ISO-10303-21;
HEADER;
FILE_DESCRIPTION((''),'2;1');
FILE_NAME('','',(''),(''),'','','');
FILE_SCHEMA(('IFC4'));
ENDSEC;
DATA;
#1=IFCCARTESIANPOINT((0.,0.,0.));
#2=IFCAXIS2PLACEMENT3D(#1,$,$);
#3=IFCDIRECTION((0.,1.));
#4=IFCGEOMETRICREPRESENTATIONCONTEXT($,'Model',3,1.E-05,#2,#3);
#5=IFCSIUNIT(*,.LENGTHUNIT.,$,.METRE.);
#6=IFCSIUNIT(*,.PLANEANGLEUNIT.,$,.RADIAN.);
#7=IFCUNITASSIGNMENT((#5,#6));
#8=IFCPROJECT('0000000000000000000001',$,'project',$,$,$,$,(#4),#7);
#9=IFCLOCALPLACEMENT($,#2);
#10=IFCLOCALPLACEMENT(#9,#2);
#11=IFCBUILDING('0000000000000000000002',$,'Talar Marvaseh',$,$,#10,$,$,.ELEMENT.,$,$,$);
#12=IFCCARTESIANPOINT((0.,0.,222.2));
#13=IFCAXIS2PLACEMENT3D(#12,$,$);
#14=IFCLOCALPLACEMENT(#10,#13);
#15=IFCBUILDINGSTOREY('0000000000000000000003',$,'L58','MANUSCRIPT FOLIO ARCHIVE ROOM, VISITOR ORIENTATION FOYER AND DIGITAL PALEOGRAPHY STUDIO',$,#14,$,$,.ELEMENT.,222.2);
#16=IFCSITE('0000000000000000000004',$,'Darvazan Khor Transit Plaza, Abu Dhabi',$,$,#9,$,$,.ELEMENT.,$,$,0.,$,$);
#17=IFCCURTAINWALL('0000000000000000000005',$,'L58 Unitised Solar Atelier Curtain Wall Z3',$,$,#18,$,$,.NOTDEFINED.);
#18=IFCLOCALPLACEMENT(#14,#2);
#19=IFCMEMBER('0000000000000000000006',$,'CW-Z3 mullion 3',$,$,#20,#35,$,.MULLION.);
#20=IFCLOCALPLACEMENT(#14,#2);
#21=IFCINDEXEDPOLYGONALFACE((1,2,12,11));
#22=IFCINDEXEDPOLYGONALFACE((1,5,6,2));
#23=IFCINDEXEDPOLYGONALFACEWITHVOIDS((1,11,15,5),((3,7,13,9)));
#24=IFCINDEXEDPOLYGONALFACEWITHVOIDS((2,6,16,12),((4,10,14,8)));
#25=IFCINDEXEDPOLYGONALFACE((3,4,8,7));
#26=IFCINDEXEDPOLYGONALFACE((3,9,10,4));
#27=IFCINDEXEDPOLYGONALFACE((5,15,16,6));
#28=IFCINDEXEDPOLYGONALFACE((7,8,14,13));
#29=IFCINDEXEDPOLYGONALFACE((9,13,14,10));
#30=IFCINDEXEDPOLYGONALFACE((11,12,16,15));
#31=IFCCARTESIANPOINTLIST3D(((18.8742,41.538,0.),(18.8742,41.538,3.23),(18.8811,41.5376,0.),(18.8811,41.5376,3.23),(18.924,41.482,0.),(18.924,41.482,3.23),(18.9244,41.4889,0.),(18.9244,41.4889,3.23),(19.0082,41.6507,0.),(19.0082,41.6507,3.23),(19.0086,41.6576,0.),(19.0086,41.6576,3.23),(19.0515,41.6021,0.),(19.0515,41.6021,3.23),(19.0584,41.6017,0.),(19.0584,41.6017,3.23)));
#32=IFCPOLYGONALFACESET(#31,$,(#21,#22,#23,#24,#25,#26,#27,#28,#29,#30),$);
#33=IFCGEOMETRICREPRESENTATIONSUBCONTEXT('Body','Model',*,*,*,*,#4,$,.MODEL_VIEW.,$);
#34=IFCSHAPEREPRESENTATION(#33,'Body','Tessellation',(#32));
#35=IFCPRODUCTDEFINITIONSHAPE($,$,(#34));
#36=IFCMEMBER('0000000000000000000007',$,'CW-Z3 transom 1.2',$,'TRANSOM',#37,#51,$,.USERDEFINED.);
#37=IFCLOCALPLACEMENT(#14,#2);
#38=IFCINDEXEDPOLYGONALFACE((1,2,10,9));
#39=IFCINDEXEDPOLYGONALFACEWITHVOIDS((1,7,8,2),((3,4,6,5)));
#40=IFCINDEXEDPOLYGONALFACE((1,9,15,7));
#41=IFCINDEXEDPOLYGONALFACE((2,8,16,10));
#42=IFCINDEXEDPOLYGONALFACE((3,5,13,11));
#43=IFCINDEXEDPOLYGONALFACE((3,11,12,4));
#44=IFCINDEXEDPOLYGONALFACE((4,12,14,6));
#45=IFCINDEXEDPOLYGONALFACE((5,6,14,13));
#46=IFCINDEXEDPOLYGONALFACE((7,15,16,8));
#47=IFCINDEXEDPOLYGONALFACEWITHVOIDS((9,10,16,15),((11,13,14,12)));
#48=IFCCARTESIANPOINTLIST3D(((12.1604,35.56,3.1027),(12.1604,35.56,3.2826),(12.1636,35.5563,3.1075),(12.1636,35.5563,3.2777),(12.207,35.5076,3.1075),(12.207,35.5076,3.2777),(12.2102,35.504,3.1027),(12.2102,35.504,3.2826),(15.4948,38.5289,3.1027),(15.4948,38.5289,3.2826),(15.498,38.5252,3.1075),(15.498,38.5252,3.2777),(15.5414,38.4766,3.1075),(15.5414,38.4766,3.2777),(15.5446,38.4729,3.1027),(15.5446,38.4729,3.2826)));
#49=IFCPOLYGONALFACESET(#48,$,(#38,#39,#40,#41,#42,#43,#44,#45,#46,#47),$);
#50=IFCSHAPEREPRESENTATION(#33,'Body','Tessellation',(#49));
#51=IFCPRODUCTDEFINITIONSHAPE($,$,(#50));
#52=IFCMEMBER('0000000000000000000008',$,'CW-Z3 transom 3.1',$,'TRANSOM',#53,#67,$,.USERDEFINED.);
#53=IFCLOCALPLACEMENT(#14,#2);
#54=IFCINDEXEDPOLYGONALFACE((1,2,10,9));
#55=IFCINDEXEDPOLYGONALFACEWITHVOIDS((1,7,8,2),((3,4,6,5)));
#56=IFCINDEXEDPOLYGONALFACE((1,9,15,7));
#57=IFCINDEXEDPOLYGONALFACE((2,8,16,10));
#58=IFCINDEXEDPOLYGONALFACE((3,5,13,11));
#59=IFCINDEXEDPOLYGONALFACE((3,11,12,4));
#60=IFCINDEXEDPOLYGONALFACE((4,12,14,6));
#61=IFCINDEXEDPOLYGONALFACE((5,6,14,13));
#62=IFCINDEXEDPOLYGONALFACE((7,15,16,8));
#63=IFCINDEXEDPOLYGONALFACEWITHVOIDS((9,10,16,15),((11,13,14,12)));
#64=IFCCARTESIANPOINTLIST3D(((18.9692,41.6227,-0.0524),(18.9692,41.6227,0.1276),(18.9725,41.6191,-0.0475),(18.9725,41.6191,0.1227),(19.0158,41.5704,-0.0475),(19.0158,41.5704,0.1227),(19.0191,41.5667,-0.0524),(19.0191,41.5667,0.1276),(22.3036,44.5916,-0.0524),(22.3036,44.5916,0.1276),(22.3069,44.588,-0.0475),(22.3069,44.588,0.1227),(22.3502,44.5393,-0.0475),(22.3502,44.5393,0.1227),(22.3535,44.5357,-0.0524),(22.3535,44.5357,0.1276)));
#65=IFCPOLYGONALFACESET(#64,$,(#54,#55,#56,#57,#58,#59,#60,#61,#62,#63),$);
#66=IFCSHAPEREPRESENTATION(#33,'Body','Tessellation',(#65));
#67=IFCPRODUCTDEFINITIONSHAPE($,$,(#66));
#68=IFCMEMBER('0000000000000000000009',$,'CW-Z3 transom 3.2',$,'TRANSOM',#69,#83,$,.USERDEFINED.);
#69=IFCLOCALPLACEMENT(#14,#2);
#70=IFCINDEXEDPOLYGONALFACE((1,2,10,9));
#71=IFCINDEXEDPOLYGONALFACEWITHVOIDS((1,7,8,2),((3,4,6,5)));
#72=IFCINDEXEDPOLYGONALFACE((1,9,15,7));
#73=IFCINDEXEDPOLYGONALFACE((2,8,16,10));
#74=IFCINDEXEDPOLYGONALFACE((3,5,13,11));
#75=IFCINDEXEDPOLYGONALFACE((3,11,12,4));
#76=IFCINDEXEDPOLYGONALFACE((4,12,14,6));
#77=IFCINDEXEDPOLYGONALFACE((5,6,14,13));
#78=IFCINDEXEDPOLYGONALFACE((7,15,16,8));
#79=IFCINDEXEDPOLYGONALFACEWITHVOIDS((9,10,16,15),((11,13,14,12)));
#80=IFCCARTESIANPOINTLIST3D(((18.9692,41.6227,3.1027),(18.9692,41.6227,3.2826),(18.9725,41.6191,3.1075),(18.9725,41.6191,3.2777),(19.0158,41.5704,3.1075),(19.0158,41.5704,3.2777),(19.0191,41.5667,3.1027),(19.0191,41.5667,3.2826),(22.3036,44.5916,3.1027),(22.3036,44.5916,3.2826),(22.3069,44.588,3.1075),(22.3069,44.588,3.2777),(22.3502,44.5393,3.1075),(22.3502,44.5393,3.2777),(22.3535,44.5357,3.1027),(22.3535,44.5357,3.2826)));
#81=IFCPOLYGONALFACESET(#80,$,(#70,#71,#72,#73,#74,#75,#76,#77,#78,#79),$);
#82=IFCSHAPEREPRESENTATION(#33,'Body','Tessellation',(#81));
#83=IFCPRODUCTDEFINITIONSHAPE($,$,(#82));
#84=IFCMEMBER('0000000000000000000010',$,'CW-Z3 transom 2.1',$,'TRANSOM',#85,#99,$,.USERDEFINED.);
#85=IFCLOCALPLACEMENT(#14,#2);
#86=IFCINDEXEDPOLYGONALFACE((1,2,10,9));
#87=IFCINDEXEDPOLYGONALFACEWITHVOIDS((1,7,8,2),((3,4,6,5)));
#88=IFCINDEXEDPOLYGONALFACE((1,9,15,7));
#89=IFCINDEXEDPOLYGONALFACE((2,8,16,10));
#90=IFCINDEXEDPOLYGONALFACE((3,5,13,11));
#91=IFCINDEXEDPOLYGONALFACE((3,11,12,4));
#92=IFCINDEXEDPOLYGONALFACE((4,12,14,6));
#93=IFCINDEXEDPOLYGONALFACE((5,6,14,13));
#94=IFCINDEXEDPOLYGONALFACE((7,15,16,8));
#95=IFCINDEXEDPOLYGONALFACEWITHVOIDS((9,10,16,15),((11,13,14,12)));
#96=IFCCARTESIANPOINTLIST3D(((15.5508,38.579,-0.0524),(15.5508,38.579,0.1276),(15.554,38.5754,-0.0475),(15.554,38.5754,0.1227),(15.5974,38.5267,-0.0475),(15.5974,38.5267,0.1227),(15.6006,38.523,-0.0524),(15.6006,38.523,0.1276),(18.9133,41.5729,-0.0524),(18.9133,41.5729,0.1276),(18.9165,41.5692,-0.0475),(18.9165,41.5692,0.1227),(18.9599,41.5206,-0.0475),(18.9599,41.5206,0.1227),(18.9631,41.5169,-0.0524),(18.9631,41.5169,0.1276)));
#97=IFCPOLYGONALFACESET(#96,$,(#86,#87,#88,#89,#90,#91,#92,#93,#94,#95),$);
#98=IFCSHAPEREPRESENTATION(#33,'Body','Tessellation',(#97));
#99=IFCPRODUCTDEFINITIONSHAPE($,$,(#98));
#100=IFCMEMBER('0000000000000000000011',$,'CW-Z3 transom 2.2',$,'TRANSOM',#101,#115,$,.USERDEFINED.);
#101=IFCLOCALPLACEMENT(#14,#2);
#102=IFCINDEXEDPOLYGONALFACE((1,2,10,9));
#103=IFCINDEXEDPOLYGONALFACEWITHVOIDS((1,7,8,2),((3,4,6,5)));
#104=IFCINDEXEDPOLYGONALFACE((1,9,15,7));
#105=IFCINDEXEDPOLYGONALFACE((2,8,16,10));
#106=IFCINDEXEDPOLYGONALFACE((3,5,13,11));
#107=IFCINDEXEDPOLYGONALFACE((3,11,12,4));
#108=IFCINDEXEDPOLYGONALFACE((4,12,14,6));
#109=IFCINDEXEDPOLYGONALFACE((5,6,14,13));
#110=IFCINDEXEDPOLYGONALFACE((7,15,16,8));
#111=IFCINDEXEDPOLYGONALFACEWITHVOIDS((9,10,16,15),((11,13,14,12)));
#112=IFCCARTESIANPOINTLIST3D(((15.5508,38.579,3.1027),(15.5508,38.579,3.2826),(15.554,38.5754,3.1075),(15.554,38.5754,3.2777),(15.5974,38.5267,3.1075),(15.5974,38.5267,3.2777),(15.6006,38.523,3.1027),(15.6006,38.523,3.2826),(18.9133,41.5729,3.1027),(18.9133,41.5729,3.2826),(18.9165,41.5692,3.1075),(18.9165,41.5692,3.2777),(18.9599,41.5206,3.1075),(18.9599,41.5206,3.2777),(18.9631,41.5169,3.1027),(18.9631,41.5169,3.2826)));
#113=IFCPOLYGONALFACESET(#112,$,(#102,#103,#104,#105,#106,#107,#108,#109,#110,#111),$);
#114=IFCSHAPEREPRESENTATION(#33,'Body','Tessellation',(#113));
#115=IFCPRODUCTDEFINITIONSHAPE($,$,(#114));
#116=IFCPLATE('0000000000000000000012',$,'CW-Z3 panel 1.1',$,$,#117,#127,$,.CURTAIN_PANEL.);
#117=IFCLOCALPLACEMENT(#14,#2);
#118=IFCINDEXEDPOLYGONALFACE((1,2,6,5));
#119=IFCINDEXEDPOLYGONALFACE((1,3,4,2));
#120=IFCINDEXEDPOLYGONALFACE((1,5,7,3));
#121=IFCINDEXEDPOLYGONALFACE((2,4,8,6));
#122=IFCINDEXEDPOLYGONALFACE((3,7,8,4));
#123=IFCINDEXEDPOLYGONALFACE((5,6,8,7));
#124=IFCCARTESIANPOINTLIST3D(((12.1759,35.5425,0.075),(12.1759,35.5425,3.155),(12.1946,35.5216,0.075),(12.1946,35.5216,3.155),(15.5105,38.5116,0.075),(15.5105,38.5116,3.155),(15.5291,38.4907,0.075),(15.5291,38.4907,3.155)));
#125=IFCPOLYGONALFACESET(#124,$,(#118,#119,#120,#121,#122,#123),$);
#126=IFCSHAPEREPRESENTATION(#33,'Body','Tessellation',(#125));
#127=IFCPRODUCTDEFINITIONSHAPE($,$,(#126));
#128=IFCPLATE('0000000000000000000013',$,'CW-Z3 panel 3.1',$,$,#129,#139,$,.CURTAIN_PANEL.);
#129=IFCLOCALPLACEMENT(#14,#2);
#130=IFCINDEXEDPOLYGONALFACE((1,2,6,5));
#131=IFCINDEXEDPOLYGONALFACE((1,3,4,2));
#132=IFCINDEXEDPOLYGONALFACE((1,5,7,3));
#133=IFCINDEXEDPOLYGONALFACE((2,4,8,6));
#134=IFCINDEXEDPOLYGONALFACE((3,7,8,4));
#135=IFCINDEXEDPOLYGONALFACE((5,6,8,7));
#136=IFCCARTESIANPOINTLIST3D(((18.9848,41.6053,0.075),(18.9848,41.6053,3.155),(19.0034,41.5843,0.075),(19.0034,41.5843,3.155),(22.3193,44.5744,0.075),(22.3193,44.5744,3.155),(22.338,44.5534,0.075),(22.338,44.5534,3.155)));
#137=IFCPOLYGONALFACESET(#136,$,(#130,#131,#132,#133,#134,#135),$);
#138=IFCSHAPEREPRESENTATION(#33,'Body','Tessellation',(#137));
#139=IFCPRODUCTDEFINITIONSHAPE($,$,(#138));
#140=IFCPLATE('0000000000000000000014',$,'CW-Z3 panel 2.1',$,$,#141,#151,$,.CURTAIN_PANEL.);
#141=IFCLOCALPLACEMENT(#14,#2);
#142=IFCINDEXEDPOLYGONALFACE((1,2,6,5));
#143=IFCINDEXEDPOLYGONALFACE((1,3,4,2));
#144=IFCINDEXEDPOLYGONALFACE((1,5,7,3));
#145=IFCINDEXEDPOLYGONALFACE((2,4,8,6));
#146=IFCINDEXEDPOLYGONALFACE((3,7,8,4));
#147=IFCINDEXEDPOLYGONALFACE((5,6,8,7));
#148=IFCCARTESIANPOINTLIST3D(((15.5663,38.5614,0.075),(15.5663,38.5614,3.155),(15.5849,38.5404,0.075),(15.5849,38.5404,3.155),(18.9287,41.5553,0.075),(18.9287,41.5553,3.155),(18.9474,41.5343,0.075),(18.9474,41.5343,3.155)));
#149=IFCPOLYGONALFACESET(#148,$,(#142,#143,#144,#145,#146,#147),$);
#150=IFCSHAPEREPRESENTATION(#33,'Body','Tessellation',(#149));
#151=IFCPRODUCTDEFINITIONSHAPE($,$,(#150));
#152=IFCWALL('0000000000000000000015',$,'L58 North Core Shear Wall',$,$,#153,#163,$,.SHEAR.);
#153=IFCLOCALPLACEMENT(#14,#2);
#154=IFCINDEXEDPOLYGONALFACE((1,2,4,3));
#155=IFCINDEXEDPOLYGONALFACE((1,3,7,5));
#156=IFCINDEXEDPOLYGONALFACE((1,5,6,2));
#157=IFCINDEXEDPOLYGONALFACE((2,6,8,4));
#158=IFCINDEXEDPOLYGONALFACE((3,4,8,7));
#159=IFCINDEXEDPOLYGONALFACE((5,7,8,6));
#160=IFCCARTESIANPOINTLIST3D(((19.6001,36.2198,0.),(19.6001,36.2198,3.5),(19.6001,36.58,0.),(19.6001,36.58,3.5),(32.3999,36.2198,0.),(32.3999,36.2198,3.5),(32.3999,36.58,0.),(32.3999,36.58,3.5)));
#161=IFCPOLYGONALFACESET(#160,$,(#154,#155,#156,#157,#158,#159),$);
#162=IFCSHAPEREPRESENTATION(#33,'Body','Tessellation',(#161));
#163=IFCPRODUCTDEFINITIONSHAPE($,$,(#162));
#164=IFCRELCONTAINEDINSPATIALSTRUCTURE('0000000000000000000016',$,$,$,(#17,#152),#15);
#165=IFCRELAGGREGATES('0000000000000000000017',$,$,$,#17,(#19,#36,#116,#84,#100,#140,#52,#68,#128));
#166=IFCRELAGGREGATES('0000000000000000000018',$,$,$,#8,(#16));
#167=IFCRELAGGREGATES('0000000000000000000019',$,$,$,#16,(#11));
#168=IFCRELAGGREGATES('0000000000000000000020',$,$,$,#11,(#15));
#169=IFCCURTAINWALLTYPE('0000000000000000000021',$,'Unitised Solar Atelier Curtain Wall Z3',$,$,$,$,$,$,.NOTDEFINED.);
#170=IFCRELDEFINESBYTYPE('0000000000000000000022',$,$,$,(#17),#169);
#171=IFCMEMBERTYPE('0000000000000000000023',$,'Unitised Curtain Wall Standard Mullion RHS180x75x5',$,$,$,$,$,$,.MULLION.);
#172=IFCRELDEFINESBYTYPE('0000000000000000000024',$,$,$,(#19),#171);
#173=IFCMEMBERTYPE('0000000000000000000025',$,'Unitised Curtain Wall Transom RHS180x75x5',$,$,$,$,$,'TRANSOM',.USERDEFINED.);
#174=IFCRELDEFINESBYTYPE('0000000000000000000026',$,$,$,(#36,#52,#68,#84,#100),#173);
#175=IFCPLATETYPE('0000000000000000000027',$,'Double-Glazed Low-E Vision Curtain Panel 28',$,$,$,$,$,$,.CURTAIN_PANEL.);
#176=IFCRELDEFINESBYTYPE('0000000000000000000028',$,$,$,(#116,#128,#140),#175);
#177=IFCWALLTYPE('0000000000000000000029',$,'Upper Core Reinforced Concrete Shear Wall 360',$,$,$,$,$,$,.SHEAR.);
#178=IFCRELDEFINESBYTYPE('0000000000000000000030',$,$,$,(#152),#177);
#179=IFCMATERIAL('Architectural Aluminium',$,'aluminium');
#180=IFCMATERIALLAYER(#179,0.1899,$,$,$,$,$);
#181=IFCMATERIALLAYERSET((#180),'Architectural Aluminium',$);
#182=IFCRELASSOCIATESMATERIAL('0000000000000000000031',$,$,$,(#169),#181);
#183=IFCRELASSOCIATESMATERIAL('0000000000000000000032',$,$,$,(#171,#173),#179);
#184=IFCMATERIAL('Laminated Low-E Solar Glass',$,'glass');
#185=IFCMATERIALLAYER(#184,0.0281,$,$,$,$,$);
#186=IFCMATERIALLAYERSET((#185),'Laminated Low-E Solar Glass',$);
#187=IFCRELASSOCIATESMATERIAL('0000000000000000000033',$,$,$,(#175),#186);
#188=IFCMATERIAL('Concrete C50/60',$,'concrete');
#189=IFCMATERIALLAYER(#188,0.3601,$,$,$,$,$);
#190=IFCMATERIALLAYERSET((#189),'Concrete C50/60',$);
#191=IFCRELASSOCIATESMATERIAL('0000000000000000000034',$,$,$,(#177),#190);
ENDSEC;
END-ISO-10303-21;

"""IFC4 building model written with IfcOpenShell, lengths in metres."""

from ifc_helpers import new_model, si_unit, direction, frame, frame_2d, origin, origin_2d, place, context, subcontext, project, spatial, rectangle, hollow_rectangle, extrude, source, transform, mapped, material, layer, layer_set, material_profile, profile_set, type_object, type_shapes, element, aggregate, save


model = new_model("IFC4")

# Units and contexts
model_context = context("Model", 3, precision=1e-05, world=origin(), true_north=direction((0.0, 1.0)))
body_context = subcontext(model_context, "Body", "Model", "MODEL_VIEW")
ifc_project = project(units=[si_unit("LENGTHUNIT", "METRE"), si_unit("PLANEANGLEUNIT", "RADIAN")], contexts=[model_context])

# Site, building, storey
site_placement = place(None, origin())
site = spatial("IfcSite", under=ifc_project, at=site_placement, Name="Darvazan Khor Transit Plaza, Abu Dhabi", CompositionType="ELEMENT", RefElevation=0.0)
building_placement = place(site_placement, origin())
building = spatial("IfcBuilding", under=site, at=building_placement, Name="Talar Marvaseh", CompositionType="ELEMENT")
storey_placement = place(building_placement, frame((0.0, 0.0, 222.2)))
storey = spatial("IfcBuildingStorey", under=building, at=storey_placement, Name="L58", Description="MANUSCRIPT FOLIO ARCHIVE ROOM, VISITOR ORIENTATION FOYER AND DIGITAL PALEOGRAPHY STUDIO", CompositionType="ELEMENT", Elevation=222.2)

# Curtain wall, members, plates
ifc_material_1 = material(Name="Architectural Aluminium", Category="aluminium")
ifc_layer_1 = layer(ifc_material_1, 0.1899)
ifc_layer_set_1 = layer_set([ifc_layer_1], Name="Architectural Aluminium")
curtain_wall_type = type_object("IfcCurtainWallType", Name="Unitised Solar Atelier Curtain Wall Z3", PredefinedType="NOTDEFINED", material=ifc_layer_set_1)
curtain_wall_placement = place(storey_placement, origin())
curtain_wall = element("IfcCurtainWall", 1, at=curtain_wall_placement, inside=storey, type_object=curtain_wall_type, Name="L58 Unitised Solar Atelier Curtain Wall Z3", PredefinedType="NOTDEFINED")
ifc_material_profile_1 = material_profile(ifc_material_1, hollow_rectangle(XDim=0.075, YDim=0.1799, WallThickness=0.0049, at=origin_2d()), Name="RHS180x75x5")
ifc_profile_set_1 = profile_set([ifc_material_profile_1], Name="Architectural Aluminium")
member_type_1 = type_object("IfcMemberType", Name="Unitised Curtain Wall Standard Mullion RHS180x75x5", PredefinedType="MULLION", material=ifc_profile_set_1)
shared_shape_1 = source(origin(), body_context, "Body", "SweptSolid", [
    extrude(hollow_rectangle(XDim=0.075, YDim=0.1799, WallThickness=0.0049, at=origin_2d()), origin(), (0.0, 0.0, 1.0), 3.23),
])
type_shapes(member_type_1, [shared_shape_1])
member_1_placement = place(storey_placement, frame((18.9663, 41.5698, 0.0), z_axis=(0.0, 0.0, 1.0), x_axis=(-0.664998, 0.746845, 0.0)))
member_1 = element("IfcMember", 2, at=member_1_placement, type_object=member_type_1, Name="CW-Z3 mullion 3", PredefinedType="MULLION", context=body_context, shape_type="MappedRepresentation", body=[
    mapped(shared_shape_1, transform((0.0, 0.0, 0.0), x_axis=(1.0, 0.0, 0.0), y_axis=(0.0, 1.0, 0.0), z_axis=(0.0, 0.0, 1.0), scale=1.0)),
])
ifc_material_profile_2 = material_profile(ifc_material_1, hollow_rectangle(XDim=0.075, YDim=0.1799, WallThickness=0.0049, at=origin_2d()), Name="RHS180x75x5")
ifc_profile_set_2 = profile_set([ifc_material_profile_2], Name="Architectural Aluminium")
member_type_2 = type_object("IfcMemberType", Name="Unitised Curtain Wall Transom RHS180x75x5", ElementType="TRANSOM", PredefinedType="USERDEFINED", material=ifc_profile_set_2)
shared_shape_2 = source(origin(), body_context, "Body", "SweptSolid", [
    extrude(hollow_rectangle(XDim=0.075, YDim=0.1799, WallThickness=0.0049, at=origin_2d()), origin(), (0.0, 0.0, 1.0), 4.4646),
])
member_2_placement = place(storey_placement, frame((12.1853, 35.532, 3.1926), z_axis=(0.746851, 0.664992, 0.0), x_axis=(-0.664992, 0.746851, 0.0)))
member_2 = element("IfcMember", 3, at=member_2_placement, type_object=member_type_2, Name="CW-Z3 transom 1.2", ObjectType="TRANSOM", PredefinedType="USERDEFINED", context=body_context, shape_type="MappedRepresentation", body=[
    mapped(shared_shape_2, transform((0.0, 0.0, 0.0), x_axis=(1.0, 0.0, 0.0), y_axis=(0.0, 1.0, 0.0), z_axis=(0.0, 0.0, 1.0), scale=1.0)),
])
member_3_placement = place(storey_placement, frame((18.9941, 41.5947, 0.0376), z_axis=(0.746851, 0.664992, 0.0), x_axis=(-0.664992, 0.746851, 0.0)))
member_3 = element("IfcMember", 4, at=member_3_placement, type_object=member_type_2, Name="CW-Z3 transom 3.1", ObjectType="TRANSOM", PredefinedType="USERDEFINED", context=body_context, shape_type="MappedRepresentation", body=[
    mapped(shared_shape_2, transform((0.0, 0.0, 0.0), x_axis=(1.0, 0.0, 0.0), y_axis=(0.0, 1.0, 0.0), z_axis=(0.0, 0.0, 1.0), scale=1.0)),
])
member_4_placement = place(storey_placement, frame((18.9941, 41.5947, 3.1926), z_axis=(0.746851, 0.664992, 0.0), x_axis=(-0.664992, 0.746851, 0.0)))
member_4 = element("IfcMember", 5, at=member_4_placement, type_object=member_type_2, Name="CW-Z3 transom 3.2", ObjectType="TRANSOM", PredefinedType="USERDEFINED", context=body_context, shape_type="MappedRepresentation", body=[
    mapped(shared_shape_2, transform((0.0, 0.0, 0.0), x_axis=(1.0, 0.0, 0.0), y_axis=(0.0, 1.0, 0.0), z_axis=(0.0, 0.0, 1.0), scale=1.0)),
])
shared_shape_3 = source(origin(), body_context, "Body", "SweptSolid", [
    extrude(hollow_rectangle(XDim=0.075, YDim=0.1799, WallThickness=0.0049, at=origin_2d()), origin(), (0.0, 0.0, 1.0), 4.5022),
])
type_shapes(member_type_2, [shared_shape_2, shared_shape_3])
member_5_placement = place(storey_placement, frame((15.5757, 38.551, 0.0376), z_axis=(0.746862, 0.66498, 0.0), x_axis=(-0.66498, 0.746862, 0.0)))
member_5 = element("IfcMember", 6, at=member_5_placement, type_object=member_type_2, Name="CW-Z3 transom 2.1", ObjectType="TRANSOM", PredefinedType="USERDEFINED", context=body_context, shape_type="MappedRepresentation", body=[
    mapped(shared_shape_3, transform((0.0, 0.0, 0.0), x_axis=(1.0, 0.0, 0.0), y_axis=(0.0, 1.0, 0.0), z_axis=(0.0, 0.0, 1.0), scale=1.0)),
])
member_6_placement = place(storey_placement, frame((15.5757, 38.551, 3.1926), z_axis=(0.746862, 0.66498, 0.0), x_axis=(-0.66498, 0.746862, 0.0)))
member_6 = element("IfcMember", 7, at=member_6_placement, type_object=member_type_2, Name="CW-Z3 transom 2.2", ObjectType="TRANSOM", PredefinedType="USERDEFINED", context=body_context, shape_type="MappedRepresentation", body=[
    mapped(shared_shape_3, transform((0.0, 0.0, 0.0), x_axis=(1.0, 0.0, 0.0), y_axis=(0.0, 1.0, 0.0), z_axis=(0.0, 0.0, 1.0), scale=1.0)),
])
ifc_material_2 = material(Name="Laminated Low-E Solar Glass", Category="glass")
ifc_layer_2 = layer(ifc_material_2, 0.0281)
ifc_layer_set_2 = layer_set([ifc_layer_2], Name="Laminated Low-E Solar Glass")
plate_type = type_object("IfcPlateType", Name="Double-Glazed Low-E Vision Curtain Panel 28", PredefinedType="CURTAIN_PANEL", material=ifc_layer_set_2)
shared_shape_4 = source(origin(), body_context, "Body", "SweptSolid", [
    extrude(rectangle(XDim=4.4648, YDim=0.0281, at=origin_2d()), origin(), (0.0, 0.0, 1.0), 3.0801),
])
plate_1_placement = place(storey_placement, frame((13.8525, 37.0166, 0.075), z_axis=(0.0, 0.0, 1.0), x_axis=(0.746845, 0.664998, 0.0)))
plate_1 = element("IfcPlate", 8, at=plate_1_placement, type_object=plate_type, Name="CW-Z3 panel 1.1", PredefinedType="CURTAIN_PANEL", context=body_context, shape_type="MappedRepresentation", body=[
    mapped(shared_shape_4, transform((0.0, 0.0, 0.0), x_axis=(1.0, 0.0, 0.0), y_axis=(0.0, 1.0, 0.0), z_axis=(0.0, 0.0, 1.0), scale=1.0)),
])
plate_2_placement = place(storey_placement, frame((20.6614, 43.0793, 0.075), z_axis=(0.0, 0.0, 1.0), x_axis=(0.746845, 0.664998, 0.0)))
plate_2 = element("IfcPlate", 9, at=plate_2_placement, type_object=plate_type, Name="CW-Z3 panel 3.1", PredefinedType="CURTAIN_PANEL", context=body_context, shape_type="MappedRepresentation", body=[
    mapped(shared_shape_4, transform((0.0, 0.0, 0.0), x_axis=(1.0, 0.0, 0.0), y_axis=(0.0, 1.0, 0.0), z_axis=(0.0, 0.0, 1.0), scale=1.0)),
])
shared_shape_5 = source(origin(), body_context, "Body", "SweptSolid", [
    extrude(rectangle(XDim=4.5022, YDim=0.0281, at=origin_2d()), origin(), (0.0, 0.0, 1.0), 3.0801),
])
type_shapes(plate_type, [shared_shape_4, shared_shape_5])
plate_3_placement = place(storey_placement, frame((17.2568, 40.0479, 0.075), z_axis=(0.0, 0.0, 1.0), x_axis=(0.746845, 0.664998, 0.0)))
plate_3 = element("IfcPlate", 10, at=plate_3_placement, type_object=plate_type, Name="CW-Z3 panel 2.1", PredefinedType="CURTAIN_PANEL", context=body_context, shape_type="MappedRepresentation", body=[
    mapped(shared_shape_5, transform((0.0, 0.0, 0.0), x_axis=(1.0, 0.0, 0.0), y_axis=(0.0, 1.0, 0.0), z_axis=(0.0, 0.0, 1.0), scale=1.0)),
])
aggregate(curtain_wall, [member_1, member_2, plate_1, member_5, member_6, plate_3, member_3, member_4, plate_2])

# Wall
ifc_material_3 = material(Name="Concrete C50/60", Category="concrete")
ifc_layer_3 = layer(ifc_material_3, 0.3601)
ifc_layer_set_3 = layer_set([ifc_layer_3], Name="Concrete C50/60")
wall_type = type_object("IfcWallType", Name="Upper Core Reinforced Concrete Shear Wall 360", PredefinedType="SHEAR", material=ifc_layer_set_3)
wall_placement = place(storey_placement, frame((19.6001, 36.3999, 0.0), z_axis=(0.0, 0.0, 1.0), x_axis=(1.0, 0.0, 0.0)))
element("IfcWall", 11, at=wall_placement, inside=storey, type_object=wall_type, Name="L58 North Core Shear Wall", PredefinedType="SHEAR", context=body_context, shape_type="SweptSolid", body=[
    extrude(rectangle(XDim=12.7998, YDim=0.3601, at=frame_2d((6.3999, 0.0))), origin(), (0.0, 0.0, 1.0), 3.5),
])

save(model, "model.ifc")
